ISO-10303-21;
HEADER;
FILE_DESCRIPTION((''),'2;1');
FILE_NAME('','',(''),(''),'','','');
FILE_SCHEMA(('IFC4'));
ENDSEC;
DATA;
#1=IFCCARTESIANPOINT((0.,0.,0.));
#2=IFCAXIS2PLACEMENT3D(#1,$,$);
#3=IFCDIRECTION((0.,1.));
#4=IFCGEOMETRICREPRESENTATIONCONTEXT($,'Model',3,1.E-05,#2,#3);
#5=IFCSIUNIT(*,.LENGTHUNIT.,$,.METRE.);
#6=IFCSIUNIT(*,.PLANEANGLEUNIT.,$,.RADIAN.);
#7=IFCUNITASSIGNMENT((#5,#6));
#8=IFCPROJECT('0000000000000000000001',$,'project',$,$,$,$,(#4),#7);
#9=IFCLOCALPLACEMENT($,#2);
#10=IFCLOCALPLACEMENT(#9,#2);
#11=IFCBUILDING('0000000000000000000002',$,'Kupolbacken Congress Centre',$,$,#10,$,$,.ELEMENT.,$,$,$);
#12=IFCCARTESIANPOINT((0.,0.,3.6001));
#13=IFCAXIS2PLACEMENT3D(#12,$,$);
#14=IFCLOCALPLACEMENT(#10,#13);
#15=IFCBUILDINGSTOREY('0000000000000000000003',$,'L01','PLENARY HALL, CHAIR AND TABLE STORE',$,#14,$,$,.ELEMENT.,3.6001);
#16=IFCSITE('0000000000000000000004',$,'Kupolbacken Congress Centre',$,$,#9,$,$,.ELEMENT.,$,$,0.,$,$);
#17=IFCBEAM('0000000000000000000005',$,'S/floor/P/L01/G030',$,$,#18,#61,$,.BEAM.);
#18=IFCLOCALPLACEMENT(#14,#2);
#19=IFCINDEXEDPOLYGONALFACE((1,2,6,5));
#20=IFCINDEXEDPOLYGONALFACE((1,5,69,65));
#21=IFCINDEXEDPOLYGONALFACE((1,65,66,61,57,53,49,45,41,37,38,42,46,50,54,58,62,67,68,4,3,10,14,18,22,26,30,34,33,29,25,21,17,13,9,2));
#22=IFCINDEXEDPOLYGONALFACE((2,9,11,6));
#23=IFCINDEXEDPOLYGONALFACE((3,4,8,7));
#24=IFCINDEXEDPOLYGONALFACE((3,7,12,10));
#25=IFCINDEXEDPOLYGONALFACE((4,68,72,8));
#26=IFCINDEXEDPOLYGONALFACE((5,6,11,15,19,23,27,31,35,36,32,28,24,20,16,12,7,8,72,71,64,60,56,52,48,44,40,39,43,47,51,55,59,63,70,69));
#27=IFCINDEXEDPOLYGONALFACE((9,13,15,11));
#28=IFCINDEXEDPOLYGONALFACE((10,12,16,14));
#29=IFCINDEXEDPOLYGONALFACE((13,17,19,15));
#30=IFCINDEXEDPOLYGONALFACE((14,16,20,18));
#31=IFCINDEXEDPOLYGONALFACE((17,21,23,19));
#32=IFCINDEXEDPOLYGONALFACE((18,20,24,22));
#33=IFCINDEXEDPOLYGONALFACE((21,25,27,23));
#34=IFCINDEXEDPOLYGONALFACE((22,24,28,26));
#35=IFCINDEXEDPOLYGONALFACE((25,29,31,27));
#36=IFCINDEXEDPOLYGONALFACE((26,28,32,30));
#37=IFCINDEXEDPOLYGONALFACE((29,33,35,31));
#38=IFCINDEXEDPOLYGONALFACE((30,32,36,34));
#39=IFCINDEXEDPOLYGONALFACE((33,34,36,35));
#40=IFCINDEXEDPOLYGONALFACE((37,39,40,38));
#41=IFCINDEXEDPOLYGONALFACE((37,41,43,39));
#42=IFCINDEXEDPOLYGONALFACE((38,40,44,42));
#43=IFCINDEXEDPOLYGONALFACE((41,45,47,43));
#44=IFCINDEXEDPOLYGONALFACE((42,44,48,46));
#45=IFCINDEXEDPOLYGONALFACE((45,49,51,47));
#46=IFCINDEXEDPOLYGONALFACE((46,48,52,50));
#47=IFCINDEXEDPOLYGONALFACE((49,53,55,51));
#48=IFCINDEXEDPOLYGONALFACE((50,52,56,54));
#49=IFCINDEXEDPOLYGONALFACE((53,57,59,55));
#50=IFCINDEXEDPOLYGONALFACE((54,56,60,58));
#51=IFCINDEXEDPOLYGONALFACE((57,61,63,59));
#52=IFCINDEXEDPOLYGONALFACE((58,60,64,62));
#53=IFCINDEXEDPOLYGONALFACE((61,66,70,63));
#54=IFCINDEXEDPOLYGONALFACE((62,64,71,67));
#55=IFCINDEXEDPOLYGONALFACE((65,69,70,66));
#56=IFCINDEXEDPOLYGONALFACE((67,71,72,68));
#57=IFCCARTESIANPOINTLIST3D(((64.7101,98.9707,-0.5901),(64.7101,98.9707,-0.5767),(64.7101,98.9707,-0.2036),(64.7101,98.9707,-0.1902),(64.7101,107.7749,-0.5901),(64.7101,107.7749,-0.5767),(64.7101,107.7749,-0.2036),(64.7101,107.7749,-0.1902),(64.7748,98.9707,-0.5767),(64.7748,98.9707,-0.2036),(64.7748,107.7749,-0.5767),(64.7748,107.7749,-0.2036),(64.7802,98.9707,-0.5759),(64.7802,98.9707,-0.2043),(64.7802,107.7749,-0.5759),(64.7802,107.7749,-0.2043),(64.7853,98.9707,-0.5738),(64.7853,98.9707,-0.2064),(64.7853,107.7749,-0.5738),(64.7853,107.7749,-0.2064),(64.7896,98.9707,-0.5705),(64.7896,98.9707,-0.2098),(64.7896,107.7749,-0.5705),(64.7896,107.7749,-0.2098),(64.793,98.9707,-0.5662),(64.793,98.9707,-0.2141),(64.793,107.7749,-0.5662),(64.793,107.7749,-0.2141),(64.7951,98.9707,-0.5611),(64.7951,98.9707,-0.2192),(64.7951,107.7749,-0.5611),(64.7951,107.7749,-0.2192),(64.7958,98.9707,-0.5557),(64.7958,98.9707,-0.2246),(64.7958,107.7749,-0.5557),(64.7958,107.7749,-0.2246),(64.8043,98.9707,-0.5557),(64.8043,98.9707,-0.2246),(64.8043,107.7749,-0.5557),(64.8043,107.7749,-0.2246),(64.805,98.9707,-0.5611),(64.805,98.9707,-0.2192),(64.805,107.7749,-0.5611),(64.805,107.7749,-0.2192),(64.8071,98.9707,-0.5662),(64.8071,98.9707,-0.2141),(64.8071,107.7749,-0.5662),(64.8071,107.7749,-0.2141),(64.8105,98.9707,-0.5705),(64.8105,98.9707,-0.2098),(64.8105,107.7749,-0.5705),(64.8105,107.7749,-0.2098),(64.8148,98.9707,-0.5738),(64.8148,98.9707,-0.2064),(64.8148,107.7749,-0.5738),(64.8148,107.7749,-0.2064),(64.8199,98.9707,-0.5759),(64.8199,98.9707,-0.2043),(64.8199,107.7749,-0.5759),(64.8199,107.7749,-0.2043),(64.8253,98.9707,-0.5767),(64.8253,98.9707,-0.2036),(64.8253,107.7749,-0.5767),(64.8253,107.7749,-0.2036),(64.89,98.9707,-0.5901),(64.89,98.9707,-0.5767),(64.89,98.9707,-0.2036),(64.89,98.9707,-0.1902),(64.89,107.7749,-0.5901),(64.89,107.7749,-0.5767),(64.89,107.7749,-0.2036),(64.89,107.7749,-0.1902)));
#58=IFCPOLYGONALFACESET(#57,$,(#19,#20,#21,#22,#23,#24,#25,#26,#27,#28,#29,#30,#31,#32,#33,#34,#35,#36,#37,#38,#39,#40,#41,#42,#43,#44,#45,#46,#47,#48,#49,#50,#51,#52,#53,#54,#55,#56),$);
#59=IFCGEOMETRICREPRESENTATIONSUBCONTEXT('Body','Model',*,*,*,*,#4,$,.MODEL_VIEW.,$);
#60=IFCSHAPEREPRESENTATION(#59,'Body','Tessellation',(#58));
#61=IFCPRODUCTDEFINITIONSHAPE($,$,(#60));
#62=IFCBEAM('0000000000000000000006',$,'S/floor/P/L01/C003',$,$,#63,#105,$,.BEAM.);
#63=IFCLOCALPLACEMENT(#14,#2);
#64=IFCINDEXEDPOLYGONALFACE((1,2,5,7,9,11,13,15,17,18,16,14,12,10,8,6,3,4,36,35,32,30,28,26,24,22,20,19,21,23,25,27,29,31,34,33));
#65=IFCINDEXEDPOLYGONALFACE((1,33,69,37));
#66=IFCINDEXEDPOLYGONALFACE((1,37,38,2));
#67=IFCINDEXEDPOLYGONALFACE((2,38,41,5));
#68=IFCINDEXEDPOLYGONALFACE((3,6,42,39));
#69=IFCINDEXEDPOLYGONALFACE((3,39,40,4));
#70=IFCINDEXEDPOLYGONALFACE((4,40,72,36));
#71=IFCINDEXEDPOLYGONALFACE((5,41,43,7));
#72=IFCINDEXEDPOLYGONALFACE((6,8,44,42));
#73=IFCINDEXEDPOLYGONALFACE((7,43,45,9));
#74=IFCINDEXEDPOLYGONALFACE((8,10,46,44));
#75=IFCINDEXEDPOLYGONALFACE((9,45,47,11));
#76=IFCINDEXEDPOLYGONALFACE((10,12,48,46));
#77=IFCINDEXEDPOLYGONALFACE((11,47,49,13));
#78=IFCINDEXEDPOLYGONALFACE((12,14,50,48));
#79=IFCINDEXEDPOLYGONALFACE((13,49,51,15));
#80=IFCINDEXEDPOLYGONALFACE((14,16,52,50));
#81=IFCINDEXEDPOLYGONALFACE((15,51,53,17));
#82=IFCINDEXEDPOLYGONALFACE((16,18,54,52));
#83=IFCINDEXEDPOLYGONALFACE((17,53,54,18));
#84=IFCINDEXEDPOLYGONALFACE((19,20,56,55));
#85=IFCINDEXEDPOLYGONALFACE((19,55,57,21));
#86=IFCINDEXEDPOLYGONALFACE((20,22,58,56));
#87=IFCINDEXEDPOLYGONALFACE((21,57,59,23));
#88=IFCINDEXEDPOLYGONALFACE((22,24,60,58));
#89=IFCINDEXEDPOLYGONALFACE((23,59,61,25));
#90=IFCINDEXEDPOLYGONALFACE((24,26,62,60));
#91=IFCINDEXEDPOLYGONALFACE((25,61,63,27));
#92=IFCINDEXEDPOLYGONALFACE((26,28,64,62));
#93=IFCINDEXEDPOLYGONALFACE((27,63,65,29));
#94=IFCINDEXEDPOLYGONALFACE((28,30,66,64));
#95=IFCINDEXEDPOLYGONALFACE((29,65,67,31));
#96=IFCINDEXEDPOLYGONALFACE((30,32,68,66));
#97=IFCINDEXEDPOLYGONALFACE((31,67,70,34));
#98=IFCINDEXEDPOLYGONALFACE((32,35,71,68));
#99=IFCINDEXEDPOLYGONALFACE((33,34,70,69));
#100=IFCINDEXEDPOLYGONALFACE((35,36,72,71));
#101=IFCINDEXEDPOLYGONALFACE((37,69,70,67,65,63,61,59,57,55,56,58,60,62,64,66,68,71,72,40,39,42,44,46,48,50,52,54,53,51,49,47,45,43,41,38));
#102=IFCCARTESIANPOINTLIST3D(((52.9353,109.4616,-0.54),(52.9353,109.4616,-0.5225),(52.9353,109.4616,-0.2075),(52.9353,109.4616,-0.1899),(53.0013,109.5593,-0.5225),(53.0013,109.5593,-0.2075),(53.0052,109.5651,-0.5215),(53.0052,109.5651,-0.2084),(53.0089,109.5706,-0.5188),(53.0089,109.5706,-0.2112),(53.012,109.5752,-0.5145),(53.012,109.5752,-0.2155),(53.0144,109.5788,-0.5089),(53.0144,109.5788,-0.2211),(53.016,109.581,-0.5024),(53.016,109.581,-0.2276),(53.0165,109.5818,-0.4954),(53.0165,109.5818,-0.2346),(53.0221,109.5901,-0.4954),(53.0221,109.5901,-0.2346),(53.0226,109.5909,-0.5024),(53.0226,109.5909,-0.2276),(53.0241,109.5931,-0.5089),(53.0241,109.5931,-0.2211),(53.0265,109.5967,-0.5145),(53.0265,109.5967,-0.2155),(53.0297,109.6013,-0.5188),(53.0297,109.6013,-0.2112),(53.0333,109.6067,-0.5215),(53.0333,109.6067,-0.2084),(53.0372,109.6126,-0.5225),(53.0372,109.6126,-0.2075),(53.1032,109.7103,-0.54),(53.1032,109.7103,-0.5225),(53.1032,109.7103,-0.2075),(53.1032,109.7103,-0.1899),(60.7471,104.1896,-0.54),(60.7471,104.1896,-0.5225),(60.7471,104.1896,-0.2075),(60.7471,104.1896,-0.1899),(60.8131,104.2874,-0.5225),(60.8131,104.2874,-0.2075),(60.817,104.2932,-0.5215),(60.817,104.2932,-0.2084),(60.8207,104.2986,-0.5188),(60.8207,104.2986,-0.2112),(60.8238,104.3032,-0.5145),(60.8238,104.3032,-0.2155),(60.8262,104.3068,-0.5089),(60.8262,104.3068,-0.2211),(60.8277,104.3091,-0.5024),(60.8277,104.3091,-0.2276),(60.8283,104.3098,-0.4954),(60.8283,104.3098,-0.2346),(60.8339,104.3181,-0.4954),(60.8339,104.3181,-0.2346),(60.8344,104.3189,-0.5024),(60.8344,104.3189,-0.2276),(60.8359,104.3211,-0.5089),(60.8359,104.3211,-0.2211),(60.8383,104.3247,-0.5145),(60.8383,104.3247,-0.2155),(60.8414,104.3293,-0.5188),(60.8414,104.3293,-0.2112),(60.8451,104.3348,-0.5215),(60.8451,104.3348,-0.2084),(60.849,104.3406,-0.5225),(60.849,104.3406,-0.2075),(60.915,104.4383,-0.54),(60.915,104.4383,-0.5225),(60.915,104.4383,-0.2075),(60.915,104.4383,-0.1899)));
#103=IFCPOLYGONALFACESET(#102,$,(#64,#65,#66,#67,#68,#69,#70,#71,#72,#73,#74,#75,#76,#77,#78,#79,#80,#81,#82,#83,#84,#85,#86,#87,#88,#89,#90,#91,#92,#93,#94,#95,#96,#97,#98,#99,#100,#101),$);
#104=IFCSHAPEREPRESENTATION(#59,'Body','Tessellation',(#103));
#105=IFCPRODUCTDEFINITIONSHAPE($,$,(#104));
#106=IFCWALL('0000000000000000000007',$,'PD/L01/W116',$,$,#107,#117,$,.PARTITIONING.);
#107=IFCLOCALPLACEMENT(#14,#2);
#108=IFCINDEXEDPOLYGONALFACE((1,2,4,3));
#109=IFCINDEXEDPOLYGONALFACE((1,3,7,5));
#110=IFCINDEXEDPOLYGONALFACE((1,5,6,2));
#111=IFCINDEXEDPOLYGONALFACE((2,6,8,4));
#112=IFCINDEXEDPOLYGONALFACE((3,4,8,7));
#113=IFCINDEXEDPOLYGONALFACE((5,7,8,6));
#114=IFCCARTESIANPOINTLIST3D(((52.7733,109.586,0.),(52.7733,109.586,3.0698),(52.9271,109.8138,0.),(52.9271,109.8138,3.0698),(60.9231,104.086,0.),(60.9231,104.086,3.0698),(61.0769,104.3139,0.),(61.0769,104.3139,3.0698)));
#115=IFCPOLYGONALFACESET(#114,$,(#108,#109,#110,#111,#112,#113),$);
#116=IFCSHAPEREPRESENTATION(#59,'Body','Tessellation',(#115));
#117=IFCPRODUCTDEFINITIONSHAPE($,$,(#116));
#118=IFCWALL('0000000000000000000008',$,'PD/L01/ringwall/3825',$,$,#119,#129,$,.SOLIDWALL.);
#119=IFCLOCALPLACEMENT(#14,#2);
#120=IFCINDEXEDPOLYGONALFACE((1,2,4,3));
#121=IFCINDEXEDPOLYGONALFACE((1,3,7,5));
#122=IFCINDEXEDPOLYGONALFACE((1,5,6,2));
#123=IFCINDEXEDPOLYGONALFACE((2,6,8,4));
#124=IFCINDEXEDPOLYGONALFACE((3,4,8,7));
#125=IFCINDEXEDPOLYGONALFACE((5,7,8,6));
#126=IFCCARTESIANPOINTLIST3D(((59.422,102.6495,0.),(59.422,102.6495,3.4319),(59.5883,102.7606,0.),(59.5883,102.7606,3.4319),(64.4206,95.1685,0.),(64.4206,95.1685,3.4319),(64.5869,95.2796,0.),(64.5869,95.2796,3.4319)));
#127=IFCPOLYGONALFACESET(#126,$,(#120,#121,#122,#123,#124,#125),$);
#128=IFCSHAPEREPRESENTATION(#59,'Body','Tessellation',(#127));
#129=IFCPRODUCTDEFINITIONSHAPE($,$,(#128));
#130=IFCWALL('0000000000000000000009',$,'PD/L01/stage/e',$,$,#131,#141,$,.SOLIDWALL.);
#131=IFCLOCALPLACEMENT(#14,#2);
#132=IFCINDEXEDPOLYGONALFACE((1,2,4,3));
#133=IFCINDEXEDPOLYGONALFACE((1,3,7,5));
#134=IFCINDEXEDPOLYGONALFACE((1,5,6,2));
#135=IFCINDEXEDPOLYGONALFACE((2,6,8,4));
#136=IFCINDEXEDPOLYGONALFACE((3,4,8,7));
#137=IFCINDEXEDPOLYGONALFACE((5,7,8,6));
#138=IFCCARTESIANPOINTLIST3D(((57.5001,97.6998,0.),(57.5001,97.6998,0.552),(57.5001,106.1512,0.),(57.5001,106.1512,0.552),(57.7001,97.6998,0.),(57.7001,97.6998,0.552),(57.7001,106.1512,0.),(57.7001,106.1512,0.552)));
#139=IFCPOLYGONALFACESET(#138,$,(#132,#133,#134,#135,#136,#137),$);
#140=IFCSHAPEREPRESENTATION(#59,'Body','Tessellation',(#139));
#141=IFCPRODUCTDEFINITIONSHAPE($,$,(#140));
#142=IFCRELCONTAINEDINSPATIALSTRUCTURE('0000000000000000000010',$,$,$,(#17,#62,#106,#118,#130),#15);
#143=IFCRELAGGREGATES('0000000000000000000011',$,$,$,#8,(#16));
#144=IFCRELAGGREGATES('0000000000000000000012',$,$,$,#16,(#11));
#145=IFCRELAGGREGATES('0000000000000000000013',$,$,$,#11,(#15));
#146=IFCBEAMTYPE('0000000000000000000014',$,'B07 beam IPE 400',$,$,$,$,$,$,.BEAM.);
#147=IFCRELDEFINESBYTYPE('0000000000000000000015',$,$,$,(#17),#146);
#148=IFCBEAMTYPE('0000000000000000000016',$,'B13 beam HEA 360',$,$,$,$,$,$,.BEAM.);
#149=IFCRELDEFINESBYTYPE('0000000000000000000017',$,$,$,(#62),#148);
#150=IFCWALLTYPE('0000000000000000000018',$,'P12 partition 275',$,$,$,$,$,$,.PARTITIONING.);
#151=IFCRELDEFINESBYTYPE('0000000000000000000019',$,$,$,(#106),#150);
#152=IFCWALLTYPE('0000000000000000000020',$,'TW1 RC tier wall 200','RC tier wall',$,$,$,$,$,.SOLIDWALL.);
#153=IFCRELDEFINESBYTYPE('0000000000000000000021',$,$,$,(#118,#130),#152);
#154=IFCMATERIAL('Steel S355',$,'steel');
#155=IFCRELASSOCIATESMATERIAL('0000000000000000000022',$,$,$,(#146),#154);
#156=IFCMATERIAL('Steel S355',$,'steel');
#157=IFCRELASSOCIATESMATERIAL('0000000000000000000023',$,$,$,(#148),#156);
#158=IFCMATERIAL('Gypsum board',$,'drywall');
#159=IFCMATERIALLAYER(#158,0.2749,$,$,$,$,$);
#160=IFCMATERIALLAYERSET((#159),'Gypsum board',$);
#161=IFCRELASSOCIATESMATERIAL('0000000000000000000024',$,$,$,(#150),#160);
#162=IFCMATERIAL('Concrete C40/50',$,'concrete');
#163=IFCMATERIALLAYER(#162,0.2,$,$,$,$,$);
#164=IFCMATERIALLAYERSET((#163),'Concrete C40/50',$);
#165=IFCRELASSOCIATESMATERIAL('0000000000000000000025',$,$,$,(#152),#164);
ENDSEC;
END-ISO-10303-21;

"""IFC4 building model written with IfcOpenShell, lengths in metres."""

from ifc_helpers import new_model, si_unit, direction, frame, frame_2d, origin, origin_2d, place, context, subcontext, project, spatial, rectangle, i_section, extrude, material, layer, layer_set, material_profile, profile_set, type_object, element, save


model = new_model("IFC4")

# Units and contexts
model_context = context("Model", 3, precision=1e-05, world=origin(), true_north=direction((0.0, 1.0)))
body_context = subcontext(model_context, "Body", "Model", "MODEL_VIEW")
ifc_project = project(units=[si_unit("LENGTHUNIT", "METRE"), si_unit("PLANEANGLEUNIT", "RADIAN")], contexts=[model_context])

# Site, building, storey
site_placement = place(None, origin())
site = spatial("IfcSite", under=ifc_project, at=site_placement, Name="Kupolbacken Congress Centre", CompositionType="ELEMENT", RefElevation=0.0)
building_placement = place(site_placement, origin())
building = spatial("IfcBuilding", under=site, at=building_placement, Name="Kupolbacken Congress Centre", CompositionType="ELEMENT")
storey_placement = place(building_placement, frame((0.0, 0.0, 3.6001)))
storey = spatial("IfcBuildingStorey", under=building, at=storey_placement, Name="L01", Description="PLENARY HALL, CHAIR AND TABLE STORE", CompositionType="ELEMENT", Elevation=3.6001)

# Beams
ifc_material_1 = material(Name="Steel S355", Category="steel")
ifc_material_profile_1 = material_profile(ifc_material_1, i_section(OverallWidth=0.1799, OverallDepth=0.3999, WebThickness=0.0085, FlangeThickness=0.0134, FilletRadius=0.021, at=origin_2d()), Name="IPE 400")
ifc_profile_set_1 = profile_set([ifc_material_profile_1], Name="Steel S355")
beam_type_1 = type_object("IfcBeamType", Name="B07 beam IPE 400", PredefinedType="BEAM", material=ifc_profile_set_1)
beam_1_placement = place(storey_placement, frame((64.8, 98.9707, -0.3901), z_axis=(0.0, 1.0, 0.0), x_axis=(-1.0, 0.0, 0.0)))
element("IfcBeam", 1, at=beam_1_placement, inside=storey, type_object=beam_type_1, Name="S/floor/P/L01/G030", PredefinedType="BEAM", context=body_context, shape_type="SweptSolid", body=[
    extrude(i_section(OverallWidth=0.1799, OverallDepth=0.3999, WebThickness=0.0085, FlangeThickness=0.0134, FilletRadius=0.021, at=origin_2d()), origin(), (0.0, 0.0, 1.0), 8.8042),
])
ifc_material_2 = material(Name="Steel S355", Category="steel")
ifc_material_profile_2 = material_profile(ifc_material_2, i_section(OverallWidth=0.3, OverallDepth=0.3501, WebThickness=0.01, FlangeThickness=0.0176, FilletRadius=0.0271, at=origin_2d()), Name="HEA 360")
ifc_profile_set_2 = profile_set([ifc_material_profile_2], Name="Steel S355")
beam_type_2 = type_object("IfcBeamType", Name="B13 beam HEA 360", PredefinedType="BEAM", material=ifc_profile_set_2)
beam_2_placement = place(storey_placement, frame((60.8311, 104.314, -0.365), z_axis=(-0.828896, 0.559402, 0.0), x_axis=(-0.559402, -0.828896, 0.0)))
element("IfcBeam", 2, at=beam_2_placement, inside=storey, type_object=beam_type_2, Name="S/floor/P/L01/C003", PredefinedType="BEAM", context=body_context, shape_type="SweptSolid", body=[
    extrude(i_section(OverallWidth=0.3, OverallDepth=0.3501, WebThickness=0.01, FlangeThickness=0.0176, FilletRadius=0.0271, at=origin_2d()), origin(), (0.0, 0.0, 1.0), 9.4243),
])

# Walls
ifc_material_3 = material(Name="Gypsum board", Category="drywall")
ifc_layer_1 = layer(ifc_material_3, 0.2749)
ifc_layer_set_1 = layer_set([ifc_layer_1], Name="Gypsum board")
wall_type_1 = type_object("IfcWallType", Name="P12 partition 275", PredefinedType="PARTITIONING", material=ifc_layer_set_1)
wall_1_placement = place(storey_placement, frame((61.0, 104.2, 0.0), z_axis=(0.0, 0.0, 1.0), x_axis=(-0.828905, 0.55939, 0.0)))
element("IfcWall", 3, at=wall_1_placement, inside=storey, type_object=wall_type_1, Name="PD/L01/W116", PredefinedType="PARTITIONING", context=body_context, shape_type="SweptSolid", body=[
    extrude(rectangle(XDim=9.832, YDim=0.2749, at=frame_2d((4.916, 0.0))), origin(), (0.0, 0.0, 1.0), 3.0698),
])
ifc_material_4 = material(Name="Concrete C40/50", Category="concrete")
ifc_layer_2 = layer(ifc_material_4, 0.2)
ifc_layer_set_2 = layer_set([ifc_layer_2], Name="Concrete C40/50")
wall_type_2 = type_object("IfcWallType", Name="TW1 RC tier wall 200", Description="RC tier wall", PredefinedType="SOLIDWALL", material=ifc_layer_set_2)
wall_2_placement = place(storey_placement, frame((64.5037, 95.2241, 0.0), z_axis=(0.0, 0.0, 1.0), x_axis=(-0.555564, 0.831474, 0.0)))
element("IfcWall", 4, at=wall_2_placement, inside=storey, type_object=wall_type_2, Name="PD/L01/ringwall/3825", PredefinedType="SOLIDWALL", context=body_context, shape_type="SweptSolid", body=[
    extrude(rectangle(XDim=8.9973, YDim=0.2, at=frame_2d((4.4985, 0.0))), origin(), (0.0, 0.0, 1.0), 3.4319),
])
wall_3_placement = place(storey_placement, frame((57.6001, 97.7, 0.0), z_axis=(0.0, 0.0, 1.0), x_axis=(0.0, 1.0, 0.0)))
element("IfcWall", 5, at=wall_3_placement, inside=storey, type_object=wall_type_2, Name="PD/L01/stage/e", PredefinedType="SOLIDWALL", context=body_context, shape_type="SweptSolid", body=[
    extrude(rectangle(XDim=8.4514, YDim=0.2, at=frame_2d((4.2256, 0.0))), origin(), (0.0, 0.0, 1.0), 0.552),
])

save(model, "model.ifc")
